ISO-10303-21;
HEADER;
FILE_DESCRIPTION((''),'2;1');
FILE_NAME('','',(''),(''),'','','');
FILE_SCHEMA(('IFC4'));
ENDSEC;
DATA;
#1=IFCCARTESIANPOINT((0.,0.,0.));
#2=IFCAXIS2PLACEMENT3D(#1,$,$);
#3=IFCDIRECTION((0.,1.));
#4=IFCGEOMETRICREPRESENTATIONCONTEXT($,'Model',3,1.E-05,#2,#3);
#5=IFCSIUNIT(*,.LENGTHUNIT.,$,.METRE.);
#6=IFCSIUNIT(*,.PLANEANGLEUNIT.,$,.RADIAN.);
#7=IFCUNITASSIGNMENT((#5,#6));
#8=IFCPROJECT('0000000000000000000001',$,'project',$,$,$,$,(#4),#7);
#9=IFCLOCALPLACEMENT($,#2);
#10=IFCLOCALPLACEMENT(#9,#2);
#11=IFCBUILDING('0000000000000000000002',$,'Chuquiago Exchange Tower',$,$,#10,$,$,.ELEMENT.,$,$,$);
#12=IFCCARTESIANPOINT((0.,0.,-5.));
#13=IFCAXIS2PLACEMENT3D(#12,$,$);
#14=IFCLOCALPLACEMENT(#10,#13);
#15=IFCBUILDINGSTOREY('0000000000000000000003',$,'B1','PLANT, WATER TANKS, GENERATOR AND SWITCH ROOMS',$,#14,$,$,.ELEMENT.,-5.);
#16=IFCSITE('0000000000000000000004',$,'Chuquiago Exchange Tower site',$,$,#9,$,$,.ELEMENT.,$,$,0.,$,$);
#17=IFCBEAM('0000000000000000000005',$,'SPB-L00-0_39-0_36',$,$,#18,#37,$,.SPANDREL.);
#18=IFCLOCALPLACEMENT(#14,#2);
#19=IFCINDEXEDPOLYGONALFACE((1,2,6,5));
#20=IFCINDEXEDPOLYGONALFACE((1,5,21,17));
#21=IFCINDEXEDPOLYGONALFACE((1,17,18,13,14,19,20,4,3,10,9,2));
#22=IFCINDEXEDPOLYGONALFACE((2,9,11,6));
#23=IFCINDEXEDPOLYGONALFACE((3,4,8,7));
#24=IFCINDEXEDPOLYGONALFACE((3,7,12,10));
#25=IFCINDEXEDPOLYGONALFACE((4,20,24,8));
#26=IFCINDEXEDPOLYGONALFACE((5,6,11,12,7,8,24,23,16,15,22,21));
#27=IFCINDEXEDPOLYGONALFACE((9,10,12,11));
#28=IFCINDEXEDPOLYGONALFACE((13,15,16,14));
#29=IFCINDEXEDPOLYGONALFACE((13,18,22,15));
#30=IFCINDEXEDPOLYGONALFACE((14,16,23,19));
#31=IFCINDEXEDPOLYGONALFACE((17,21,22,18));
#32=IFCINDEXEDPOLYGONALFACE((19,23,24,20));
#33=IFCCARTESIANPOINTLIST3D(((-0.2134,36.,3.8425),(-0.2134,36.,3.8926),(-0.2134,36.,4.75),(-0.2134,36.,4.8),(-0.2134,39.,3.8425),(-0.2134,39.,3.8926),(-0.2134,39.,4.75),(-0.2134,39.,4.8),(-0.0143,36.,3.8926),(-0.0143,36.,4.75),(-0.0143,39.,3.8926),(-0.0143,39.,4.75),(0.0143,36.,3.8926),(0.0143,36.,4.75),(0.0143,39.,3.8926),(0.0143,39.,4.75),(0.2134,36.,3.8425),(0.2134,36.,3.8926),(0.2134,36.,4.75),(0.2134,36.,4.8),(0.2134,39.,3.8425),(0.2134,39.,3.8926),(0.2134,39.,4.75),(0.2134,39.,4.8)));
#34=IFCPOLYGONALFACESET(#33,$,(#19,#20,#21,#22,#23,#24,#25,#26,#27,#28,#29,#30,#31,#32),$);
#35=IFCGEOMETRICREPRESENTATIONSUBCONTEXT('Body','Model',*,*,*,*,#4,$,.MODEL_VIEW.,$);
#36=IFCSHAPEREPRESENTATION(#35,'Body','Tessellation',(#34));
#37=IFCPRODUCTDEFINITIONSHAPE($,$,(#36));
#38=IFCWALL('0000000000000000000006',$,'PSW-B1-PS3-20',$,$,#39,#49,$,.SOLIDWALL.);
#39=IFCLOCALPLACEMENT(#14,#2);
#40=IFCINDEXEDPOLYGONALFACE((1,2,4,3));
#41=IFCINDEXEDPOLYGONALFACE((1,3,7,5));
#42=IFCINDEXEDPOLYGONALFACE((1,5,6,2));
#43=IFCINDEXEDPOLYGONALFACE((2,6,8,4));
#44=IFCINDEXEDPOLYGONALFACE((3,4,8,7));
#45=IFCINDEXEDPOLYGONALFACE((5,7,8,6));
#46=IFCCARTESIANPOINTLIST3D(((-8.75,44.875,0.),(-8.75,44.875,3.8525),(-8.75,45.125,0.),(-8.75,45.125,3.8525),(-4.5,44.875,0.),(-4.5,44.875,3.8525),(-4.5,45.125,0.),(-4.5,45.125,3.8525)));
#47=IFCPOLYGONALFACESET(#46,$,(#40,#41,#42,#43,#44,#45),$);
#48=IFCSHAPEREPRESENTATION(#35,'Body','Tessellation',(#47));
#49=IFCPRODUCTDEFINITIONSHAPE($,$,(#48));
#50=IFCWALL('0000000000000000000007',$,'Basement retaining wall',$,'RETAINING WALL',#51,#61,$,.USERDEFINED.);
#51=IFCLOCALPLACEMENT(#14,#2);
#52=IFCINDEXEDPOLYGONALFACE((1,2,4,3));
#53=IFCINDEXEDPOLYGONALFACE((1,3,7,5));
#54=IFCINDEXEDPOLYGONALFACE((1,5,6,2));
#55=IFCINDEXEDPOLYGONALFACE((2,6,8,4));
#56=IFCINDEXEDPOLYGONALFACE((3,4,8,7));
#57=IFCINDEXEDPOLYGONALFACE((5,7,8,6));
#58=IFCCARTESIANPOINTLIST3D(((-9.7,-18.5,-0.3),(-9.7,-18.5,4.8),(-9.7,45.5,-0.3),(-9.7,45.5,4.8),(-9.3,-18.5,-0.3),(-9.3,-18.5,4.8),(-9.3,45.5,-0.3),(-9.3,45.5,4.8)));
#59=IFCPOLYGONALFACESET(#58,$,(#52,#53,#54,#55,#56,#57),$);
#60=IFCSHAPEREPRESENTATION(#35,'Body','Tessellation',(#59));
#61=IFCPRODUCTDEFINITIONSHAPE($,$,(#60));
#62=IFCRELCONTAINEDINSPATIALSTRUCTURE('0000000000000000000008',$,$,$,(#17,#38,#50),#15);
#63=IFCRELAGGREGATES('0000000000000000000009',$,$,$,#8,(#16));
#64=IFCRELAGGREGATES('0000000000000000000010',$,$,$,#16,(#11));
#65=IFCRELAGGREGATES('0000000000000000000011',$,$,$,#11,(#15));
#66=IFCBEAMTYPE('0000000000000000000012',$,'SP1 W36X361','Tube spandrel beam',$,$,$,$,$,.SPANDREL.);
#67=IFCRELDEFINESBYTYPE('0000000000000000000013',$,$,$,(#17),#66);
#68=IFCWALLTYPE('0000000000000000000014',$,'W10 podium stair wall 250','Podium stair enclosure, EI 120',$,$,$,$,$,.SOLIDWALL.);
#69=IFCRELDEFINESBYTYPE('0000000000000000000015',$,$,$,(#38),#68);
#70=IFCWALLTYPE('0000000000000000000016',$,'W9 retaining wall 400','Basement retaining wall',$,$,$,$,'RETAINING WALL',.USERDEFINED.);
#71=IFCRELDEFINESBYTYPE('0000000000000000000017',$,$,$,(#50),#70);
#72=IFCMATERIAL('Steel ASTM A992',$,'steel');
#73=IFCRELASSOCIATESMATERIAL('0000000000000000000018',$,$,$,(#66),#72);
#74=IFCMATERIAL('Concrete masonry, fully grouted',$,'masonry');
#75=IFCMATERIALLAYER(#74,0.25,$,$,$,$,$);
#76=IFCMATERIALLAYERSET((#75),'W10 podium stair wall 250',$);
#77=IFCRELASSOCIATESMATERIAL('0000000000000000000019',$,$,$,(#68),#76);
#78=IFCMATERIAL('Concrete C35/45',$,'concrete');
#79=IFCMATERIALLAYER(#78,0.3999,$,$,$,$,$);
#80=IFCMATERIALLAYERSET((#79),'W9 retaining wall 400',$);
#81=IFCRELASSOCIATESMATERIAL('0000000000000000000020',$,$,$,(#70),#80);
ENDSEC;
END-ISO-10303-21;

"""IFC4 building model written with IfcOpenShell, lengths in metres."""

from ifc_helpers import new_model, si_unit, direction, frame, frame_2d, origin, origin_2d, place, context, subcontext, project, spatial, rectangle, i_section, extrude, material, layer, layer_set, material_profile, profile_set, type_object, element, save


model = new_model("IFC4")

# Units and contexts
model_context = context("Model", 3, precision=1e-05, world=origin(), true_north=direction((0.0, 1.0)))
body_context = subcontext(model_context, "Body", "Model", "MODEL_VIEW")
ifc_project = project(units=[si_unit("LENGTHUNIT", "METRE"), si_unit("PLANEANGLEUNIT", "RADIAN")], contexts=[model_context])

# Site, building, storey
site_placement = place(None, origin())
site = spatial("IfcSite", under=ifc_project, at=site_placement, Name="Chuquiago Exchange Tower site", CompositionType="ELEMENT", RefElevation=0.0)
building_placement = place(site_placement, origin())
building = spatial("IfcBuilding", under=site, at=building_placement, Name="Chuquiago Exchange Tower", CompositionType="ELEMENT")
storey_placement = place(building_placement, frame((0.0, 0.0, -5.0)))
storey = spatial("IfcBuildingStorey", under=building, at=storey_placement, Name="B1", Description="PLANT, WATER TANKS, GENERATOR AND SWITCH ROOMS", CompositionType="ELEMENT", Elevation=-5.0)

# Beam
ifc_material_1 = material(Name="Steel ASTM A992", Category="steel")
ifc_material_profile_1 = material_profile(ifc_material_1, i_section(OverallWidth=0.4268, OverallDepth=0.9575, WebThickness=0.0286, FlangeThickness=0.05, at=origin_2d()), Name="W36X361")
ifc_profile_set_1 = profile_set([ifc_material_profile_1], Name="Steel ASTM A992")
beam_type_1 = type_object("IfcBeamType", Name="SP1 W36X361", Description="Tube spandrel beam", PredefinedType="SPANDREL", material=ifc_profile_set_1)
for number, where, z_axis, x_axis, name in (
    (1, (0.0, 39.0, 4.3213), (0.0, -1.0, 0.0), (1.0, 0.0, 0.0), "SPB-L00-0_39-0_36"),
):
    element("IfcBeam", number, at=place(storey_placement, frame(where, z_axis=z_axis, x_axis=x_axis)), inside=storey, type_object=beam_type_1, Name=name, PredefinedType="SPANDREL", context=body_context, shape_type="SweptSolid", body=[
        extrude(i_section(OverallWidth=0.4268, OverallDepth=0.9575, WebThickness=0.0286, FlangeThickness=0.05, at=origin_2d()), origin(), (0.0, 0.0, 1.0), 3.0),
    ])

# Walls
ifc_material_2 = material(Name="Concrete masonry, fully grouted", Category="masonry")
ifc_layer_1 = layer(ifc_material_2, 0.25)
ifc_layer_set_1 = layer_set([ifc_layer_1], Name="W10 podium stair wall 250")
wall_type_1 = type_object("IfcWallType", Name="W10 podium stair wall 250", Description="Podium stair enclosure, EI 120", PredefinedType="SOLIDWALL", material=ifc_layer_set_1)
wall_1_placement = place(storey_placement, frame((-8.75, 45.0, 0.0), z_axis=(0.0, 0.0, 1.0), x_axis=(1.0, 0.0, 0.0)))
element("IfcWall", 2, at=wall_1_placement, inside=storey, type_object=wall_type_1, Name="PSW-B1-PS3-20", PredefinedType="SOLIDWALL", context=body_context, shape_type="SweptSolid", body=[
    extrude(rectangle(XDim=4.25, YDim=0.25, at=frame_2d((2.125, 0.0))), origin(), (0.0, 0.0, 1.0), 3.8525),
])
ifc_material_3 = material(Name="Concrete C35/45", Category="concrete")
ifc_layer_2 = layer(ifc_material_3, 0.3999)
ifc_layer_set_2 = layer_set([ifc_layer_2], Name="W9 retaining wall 400")
wall_type_2 = type_object("IfcWallType", Name="W9 retaining wall 400", Description="Basement retaining wall", ElementType="RETAINING WALL", PredefinedType="USERDEFINED", material=ifc_layer_set_2)
wall_2_placement = place(storey_placement, frame((-9.5, 45.5, -0.3), z_axis=(0.0, 0.0, 1.0), x_axis=(0.0, -1.0, 0.0)))
element("IfcWall", 3, at=wall_2_placement, inside=storey, type_object=wall_type_2, Name="Basement retaining wall", ObjectType="RETAINING WALL", PredefinedType="USERDEFINED", context=body_context, shape_type="SweptSolid", body=[
    extrude(rectangle(XDim=64.0, YDim=0.3999, at=frame_2d((32.0, 0.0))), origin(), (0.0, 0.0, 1.0), 5.1001),
])

save(model, "model.ifc")
